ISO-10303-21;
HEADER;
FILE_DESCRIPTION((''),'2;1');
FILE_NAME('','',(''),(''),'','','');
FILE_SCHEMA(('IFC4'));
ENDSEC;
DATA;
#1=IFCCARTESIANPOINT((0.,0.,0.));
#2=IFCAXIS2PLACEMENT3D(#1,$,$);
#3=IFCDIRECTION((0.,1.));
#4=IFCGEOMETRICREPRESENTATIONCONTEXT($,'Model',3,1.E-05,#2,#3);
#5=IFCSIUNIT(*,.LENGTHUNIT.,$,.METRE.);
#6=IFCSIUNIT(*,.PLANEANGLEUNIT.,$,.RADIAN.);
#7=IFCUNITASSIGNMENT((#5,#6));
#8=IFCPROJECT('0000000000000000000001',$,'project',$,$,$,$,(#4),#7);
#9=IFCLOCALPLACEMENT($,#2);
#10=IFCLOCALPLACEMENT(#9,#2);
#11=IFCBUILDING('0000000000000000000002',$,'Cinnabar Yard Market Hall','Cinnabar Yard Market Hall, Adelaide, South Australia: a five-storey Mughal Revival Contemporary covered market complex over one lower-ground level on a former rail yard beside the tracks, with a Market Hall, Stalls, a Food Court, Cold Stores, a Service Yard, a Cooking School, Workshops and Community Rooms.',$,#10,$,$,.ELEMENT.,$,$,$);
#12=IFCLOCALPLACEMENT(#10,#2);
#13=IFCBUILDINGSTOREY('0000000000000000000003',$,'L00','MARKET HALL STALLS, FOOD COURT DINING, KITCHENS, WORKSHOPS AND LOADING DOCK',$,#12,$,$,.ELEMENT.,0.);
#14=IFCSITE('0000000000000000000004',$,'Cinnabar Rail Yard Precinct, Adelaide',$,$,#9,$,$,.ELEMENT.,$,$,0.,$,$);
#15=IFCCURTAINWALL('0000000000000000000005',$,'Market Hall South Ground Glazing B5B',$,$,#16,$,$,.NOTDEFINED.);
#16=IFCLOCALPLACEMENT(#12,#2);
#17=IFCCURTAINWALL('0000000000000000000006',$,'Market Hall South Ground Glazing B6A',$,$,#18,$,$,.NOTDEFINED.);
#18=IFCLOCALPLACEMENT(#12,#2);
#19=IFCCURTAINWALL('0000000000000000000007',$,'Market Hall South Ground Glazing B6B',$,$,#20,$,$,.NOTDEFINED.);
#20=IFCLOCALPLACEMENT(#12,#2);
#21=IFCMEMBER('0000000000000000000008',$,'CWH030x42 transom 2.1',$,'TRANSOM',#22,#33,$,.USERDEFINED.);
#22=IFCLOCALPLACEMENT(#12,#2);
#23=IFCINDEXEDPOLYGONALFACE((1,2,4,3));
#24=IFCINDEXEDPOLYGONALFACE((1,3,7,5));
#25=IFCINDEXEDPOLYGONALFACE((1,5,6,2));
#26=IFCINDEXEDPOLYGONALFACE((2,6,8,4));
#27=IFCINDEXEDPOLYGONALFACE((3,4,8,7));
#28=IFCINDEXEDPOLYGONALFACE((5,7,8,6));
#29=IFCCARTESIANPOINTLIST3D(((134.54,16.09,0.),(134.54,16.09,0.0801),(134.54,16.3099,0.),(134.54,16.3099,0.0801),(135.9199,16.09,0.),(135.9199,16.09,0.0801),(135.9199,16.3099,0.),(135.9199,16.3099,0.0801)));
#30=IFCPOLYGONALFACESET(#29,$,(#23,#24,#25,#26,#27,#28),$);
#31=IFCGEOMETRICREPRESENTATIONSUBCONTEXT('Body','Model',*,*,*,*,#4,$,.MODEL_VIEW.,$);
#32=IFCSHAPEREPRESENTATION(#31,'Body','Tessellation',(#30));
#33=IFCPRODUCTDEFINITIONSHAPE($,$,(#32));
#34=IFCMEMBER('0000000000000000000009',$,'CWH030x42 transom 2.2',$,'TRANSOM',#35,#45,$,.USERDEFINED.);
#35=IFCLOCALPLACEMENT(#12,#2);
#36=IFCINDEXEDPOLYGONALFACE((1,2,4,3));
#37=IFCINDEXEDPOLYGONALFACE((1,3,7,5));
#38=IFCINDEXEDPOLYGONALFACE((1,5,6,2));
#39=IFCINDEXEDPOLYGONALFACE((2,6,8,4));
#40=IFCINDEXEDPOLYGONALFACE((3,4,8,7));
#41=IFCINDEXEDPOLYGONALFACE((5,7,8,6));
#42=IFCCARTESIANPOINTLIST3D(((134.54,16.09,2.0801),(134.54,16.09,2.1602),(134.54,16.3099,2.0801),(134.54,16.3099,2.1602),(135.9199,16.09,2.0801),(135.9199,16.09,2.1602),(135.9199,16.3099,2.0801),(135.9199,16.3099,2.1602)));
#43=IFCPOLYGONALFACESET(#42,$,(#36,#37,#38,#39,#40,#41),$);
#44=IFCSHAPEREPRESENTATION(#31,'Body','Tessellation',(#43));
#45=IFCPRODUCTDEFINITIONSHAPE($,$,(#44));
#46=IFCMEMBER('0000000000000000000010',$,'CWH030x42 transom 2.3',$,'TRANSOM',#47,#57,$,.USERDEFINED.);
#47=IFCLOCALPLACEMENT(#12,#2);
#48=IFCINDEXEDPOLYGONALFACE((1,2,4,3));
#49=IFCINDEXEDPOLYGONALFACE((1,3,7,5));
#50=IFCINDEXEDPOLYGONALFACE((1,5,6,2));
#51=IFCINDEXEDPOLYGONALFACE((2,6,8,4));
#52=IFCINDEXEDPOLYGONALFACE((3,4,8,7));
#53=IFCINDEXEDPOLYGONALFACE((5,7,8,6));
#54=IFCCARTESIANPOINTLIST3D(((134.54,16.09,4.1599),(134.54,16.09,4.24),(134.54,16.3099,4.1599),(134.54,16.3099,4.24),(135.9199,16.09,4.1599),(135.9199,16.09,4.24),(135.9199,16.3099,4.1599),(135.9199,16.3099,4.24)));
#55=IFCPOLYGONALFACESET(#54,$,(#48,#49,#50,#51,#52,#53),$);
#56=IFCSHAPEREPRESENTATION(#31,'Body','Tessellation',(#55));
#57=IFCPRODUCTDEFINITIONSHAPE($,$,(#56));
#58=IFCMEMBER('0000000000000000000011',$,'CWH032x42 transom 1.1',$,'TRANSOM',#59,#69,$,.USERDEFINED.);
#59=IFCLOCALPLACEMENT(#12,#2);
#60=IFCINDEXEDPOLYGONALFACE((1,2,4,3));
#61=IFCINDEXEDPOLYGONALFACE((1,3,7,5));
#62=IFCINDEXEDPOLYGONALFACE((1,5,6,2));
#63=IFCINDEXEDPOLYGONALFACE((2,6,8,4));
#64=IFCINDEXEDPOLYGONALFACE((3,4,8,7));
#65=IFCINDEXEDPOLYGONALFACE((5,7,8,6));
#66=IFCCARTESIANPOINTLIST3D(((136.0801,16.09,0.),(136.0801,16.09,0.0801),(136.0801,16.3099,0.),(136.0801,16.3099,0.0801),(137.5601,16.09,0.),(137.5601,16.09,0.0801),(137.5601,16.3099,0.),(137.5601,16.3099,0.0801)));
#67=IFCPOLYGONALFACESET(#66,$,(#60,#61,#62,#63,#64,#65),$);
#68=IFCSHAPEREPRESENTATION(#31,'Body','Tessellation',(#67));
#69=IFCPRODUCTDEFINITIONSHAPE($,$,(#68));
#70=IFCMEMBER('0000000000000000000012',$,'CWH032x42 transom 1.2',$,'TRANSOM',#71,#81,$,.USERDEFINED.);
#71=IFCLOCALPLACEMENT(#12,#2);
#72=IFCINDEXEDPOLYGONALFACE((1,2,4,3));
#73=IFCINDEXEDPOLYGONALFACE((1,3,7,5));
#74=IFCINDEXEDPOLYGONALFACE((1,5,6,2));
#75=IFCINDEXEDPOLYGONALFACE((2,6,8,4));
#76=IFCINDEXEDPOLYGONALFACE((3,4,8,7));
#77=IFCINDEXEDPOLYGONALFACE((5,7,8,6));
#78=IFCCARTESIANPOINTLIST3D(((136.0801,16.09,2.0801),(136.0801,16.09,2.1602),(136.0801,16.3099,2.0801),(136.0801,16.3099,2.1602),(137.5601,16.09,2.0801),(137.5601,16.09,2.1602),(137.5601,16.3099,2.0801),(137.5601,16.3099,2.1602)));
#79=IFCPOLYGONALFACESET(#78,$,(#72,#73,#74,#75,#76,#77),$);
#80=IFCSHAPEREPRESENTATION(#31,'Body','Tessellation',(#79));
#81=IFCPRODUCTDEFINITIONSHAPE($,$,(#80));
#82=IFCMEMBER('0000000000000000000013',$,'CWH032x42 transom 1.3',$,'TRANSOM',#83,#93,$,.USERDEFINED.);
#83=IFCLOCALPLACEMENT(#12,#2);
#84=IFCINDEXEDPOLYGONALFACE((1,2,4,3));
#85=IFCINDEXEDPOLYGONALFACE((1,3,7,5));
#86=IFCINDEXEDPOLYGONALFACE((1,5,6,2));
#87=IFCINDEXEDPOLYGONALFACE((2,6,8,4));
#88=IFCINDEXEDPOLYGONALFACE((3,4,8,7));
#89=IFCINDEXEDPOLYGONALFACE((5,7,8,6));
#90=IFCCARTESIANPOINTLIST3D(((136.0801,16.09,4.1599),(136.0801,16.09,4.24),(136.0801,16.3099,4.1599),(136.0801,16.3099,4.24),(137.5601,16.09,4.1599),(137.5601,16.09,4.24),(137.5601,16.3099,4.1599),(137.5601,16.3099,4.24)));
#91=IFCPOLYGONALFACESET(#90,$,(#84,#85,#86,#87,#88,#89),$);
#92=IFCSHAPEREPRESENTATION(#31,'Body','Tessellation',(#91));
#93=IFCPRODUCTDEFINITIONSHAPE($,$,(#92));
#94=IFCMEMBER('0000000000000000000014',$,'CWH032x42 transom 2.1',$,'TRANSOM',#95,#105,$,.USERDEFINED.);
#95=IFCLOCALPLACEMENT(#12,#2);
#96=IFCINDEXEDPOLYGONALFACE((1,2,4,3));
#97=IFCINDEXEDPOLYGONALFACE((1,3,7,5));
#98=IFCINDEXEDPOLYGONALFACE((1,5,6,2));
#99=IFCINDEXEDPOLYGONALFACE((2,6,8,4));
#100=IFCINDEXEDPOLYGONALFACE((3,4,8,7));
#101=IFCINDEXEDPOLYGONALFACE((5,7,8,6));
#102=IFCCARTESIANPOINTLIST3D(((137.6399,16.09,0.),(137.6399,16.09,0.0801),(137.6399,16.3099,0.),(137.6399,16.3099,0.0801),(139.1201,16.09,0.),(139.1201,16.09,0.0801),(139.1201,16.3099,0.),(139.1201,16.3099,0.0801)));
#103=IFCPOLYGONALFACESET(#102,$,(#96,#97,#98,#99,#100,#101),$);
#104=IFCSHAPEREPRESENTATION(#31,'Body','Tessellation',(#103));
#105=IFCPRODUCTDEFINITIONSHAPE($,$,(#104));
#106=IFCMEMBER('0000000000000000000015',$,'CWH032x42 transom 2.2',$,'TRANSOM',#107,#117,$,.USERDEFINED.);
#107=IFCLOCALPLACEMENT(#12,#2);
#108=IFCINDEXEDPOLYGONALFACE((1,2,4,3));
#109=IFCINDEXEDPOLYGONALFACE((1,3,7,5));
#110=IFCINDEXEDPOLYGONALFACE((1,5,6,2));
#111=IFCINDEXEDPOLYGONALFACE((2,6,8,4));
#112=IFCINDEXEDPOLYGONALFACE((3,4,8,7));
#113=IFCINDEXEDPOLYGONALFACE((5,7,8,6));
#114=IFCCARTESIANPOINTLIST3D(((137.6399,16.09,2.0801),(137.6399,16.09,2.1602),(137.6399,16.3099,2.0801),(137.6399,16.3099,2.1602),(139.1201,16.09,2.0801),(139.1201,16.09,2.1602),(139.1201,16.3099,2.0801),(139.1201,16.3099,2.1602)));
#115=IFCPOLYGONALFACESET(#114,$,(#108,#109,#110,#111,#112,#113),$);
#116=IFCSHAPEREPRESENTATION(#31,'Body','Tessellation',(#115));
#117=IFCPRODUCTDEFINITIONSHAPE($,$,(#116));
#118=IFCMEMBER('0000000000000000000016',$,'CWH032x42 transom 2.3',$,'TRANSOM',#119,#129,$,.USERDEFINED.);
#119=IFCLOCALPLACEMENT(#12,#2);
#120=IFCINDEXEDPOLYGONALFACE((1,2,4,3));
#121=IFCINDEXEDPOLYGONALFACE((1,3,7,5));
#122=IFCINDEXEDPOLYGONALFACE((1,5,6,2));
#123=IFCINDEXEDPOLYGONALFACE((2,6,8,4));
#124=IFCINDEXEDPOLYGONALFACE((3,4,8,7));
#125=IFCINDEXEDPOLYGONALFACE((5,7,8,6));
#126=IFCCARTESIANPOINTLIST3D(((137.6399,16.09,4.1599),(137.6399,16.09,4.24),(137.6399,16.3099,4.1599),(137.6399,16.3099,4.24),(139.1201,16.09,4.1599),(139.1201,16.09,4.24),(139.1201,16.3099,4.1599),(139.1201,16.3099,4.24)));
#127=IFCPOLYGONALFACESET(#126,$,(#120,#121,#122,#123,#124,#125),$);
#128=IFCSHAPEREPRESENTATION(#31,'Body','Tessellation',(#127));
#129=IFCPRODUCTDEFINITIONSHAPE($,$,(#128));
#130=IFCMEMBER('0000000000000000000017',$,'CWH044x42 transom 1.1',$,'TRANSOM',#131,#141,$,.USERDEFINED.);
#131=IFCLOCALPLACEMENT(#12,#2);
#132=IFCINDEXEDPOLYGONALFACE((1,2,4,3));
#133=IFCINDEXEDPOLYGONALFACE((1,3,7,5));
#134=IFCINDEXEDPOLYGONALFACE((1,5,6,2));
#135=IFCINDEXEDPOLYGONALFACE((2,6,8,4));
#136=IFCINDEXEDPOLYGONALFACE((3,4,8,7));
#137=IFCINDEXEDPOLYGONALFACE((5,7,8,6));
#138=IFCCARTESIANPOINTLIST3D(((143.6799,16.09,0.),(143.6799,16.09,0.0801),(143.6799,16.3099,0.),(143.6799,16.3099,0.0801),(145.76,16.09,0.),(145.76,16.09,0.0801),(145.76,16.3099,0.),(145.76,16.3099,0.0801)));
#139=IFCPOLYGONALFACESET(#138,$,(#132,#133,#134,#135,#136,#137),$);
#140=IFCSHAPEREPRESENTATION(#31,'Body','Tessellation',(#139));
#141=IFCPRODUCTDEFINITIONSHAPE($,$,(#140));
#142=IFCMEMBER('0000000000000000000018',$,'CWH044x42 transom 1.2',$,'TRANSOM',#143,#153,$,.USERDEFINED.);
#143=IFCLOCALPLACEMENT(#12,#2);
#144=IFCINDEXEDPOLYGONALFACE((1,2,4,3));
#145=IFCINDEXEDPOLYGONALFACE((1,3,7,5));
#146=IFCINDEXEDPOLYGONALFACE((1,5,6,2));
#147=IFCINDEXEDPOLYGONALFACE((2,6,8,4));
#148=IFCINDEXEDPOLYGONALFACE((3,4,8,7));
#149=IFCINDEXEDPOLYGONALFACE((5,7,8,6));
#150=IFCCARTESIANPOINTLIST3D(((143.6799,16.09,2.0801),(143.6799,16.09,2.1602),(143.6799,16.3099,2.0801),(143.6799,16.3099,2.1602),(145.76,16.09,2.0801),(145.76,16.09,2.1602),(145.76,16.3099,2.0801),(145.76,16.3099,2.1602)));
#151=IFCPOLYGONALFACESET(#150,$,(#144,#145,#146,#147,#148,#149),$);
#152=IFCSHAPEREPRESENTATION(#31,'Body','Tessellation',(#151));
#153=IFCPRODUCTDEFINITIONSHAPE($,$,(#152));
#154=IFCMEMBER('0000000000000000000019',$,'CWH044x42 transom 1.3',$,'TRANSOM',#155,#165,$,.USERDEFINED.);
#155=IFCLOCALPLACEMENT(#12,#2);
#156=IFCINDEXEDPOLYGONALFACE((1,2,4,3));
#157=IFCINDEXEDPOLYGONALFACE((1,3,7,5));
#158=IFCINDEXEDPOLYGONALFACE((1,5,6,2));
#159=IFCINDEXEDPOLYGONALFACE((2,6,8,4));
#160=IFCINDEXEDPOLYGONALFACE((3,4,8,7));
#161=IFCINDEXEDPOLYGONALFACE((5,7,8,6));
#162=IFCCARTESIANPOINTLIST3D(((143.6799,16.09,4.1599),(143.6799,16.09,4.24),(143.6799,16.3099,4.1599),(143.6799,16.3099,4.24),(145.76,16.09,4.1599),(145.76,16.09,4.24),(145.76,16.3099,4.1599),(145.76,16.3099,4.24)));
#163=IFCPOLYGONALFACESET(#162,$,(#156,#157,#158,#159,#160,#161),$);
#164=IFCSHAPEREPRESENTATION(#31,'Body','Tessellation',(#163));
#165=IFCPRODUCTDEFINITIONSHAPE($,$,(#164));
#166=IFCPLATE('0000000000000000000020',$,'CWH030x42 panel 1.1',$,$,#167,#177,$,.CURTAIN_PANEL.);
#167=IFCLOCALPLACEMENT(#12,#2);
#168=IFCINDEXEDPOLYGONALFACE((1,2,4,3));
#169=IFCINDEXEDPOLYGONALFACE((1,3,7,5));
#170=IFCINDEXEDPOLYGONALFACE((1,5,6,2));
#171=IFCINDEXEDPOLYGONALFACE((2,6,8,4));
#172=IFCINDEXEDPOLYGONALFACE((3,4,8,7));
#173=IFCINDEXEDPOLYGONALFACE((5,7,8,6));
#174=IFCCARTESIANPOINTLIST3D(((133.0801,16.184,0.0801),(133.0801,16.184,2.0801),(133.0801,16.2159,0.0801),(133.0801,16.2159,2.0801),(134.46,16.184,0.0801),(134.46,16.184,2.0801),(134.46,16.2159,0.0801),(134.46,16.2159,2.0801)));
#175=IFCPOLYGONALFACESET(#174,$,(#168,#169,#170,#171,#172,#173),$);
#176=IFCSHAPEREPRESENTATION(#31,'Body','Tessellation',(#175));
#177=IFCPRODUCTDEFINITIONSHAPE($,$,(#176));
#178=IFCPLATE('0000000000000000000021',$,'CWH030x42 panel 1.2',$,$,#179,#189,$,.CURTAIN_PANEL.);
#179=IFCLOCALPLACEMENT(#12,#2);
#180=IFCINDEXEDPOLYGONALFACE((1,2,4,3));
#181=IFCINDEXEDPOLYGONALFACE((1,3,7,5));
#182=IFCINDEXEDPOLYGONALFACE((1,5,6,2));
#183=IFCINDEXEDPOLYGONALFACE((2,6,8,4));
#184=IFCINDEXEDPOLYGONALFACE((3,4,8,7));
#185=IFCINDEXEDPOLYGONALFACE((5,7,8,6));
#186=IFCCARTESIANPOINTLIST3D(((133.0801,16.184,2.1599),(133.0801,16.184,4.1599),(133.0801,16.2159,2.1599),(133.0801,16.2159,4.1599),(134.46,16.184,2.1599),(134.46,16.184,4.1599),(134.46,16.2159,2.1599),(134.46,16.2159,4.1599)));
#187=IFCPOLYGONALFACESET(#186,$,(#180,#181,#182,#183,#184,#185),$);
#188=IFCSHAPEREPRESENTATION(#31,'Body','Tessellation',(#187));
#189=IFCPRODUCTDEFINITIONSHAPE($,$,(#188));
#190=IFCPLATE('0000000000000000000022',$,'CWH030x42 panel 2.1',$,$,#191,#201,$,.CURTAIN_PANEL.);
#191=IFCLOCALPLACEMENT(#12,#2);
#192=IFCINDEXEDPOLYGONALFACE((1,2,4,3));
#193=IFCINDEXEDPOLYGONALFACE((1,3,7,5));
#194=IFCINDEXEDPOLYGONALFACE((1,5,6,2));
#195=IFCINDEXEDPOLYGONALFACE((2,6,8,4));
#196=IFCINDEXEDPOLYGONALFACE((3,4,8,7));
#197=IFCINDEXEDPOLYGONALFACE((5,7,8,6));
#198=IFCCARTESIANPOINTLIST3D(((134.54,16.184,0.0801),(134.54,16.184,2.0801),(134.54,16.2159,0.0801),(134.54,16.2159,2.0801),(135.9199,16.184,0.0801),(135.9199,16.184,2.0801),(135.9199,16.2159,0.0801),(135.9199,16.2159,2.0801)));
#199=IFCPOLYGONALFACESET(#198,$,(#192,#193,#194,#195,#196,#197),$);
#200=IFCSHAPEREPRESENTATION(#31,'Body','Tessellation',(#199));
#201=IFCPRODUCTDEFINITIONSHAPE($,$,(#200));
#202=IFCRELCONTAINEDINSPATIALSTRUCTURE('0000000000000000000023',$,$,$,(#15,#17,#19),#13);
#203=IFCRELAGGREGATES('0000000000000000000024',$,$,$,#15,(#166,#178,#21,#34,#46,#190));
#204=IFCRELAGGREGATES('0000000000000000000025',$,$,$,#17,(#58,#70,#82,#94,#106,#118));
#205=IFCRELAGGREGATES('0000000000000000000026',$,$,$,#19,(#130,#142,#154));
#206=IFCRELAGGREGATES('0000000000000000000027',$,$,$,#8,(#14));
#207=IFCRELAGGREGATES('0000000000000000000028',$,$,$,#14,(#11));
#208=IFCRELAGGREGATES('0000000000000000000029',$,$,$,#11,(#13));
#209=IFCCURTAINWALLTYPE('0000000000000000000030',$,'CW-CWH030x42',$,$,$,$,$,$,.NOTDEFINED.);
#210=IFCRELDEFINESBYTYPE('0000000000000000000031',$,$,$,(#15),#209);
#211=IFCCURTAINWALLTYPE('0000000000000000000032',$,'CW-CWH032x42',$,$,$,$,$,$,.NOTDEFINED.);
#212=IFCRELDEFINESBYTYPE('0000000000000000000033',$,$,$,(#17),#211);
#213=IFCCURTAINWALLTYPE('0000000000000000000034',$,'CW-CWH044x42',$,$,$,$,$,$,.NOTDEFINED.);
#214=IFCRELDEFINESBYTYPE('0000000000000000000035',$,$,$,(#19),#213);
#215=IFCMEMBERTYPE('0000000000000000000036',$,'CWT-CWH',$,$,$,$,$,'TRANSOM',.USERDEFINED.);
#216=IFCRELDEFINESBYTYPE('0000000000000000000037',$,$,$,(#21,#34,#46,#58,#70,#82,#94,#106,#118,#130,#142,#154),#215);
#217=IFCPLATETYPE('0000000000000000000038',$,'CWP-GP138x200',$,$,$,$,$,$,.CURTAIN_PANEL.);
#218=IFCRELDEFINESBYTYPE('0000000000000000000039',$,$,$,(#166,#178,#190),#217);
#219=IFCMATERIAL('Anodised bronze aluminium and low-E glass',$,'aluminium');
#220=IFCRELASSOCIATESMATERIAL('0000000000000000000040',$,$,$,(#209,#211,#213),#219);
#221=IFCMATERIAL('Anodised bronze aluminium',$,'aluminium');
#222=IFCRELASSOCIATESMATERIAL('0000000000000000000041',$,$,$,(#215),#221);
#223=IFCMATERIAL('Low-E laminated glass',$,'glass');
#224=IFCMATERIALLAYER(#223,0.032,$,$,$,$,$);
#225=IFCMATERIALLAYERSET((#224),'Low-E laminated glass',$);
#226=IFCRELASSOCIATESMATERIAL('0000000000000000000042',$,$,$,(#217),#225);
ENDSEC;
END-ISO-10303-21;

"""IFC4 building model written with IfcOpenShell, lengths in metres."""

from ifc_helpers import new_model, si_unit, direction, frame, origin, origin_2d_with_axis, place, context, subcontext, project, spatial, rectangle, extrude, material, layer, layer_set, material_profile, profile_set, type_object, element, aggregate, save


model = new_model("IFC4")

# Units and contexts
model_context = context("Model", 3, precision=1e-05, world=origin(), true_north=direction((0.0, 1.0)))
body_context = subcontext(model_context, "Body", "Model", "MODEL_VIEW")
ifc_project = project(units=[si_unit("LENGTHUNIT", "METRE"), si_unit("PLANEANGLEUNIT", "RADIAN")], contexts=[model_context])

# Site, building, storey
site_placement = place(None, origin())
site = spatial("IfcSite", under=ifc_project, at=site_placement, Name="Cinnabar Rail Yard Precinct, Adelaide", CompositionType="ELEMENT", RefElevation=0.0)
building_placement = place(site_placement, origin())
building = spatial("IfcBuilding", under=site, at=building_placement, Name="Cinnabar Yard Market Hall", Description="Cinnabar Yard Market Hall, Adelaide, South Australia: a five-storey Mughal Revival Contemporary covered market complex over one lower-ground level on a former rail yard beside the tracks, with a Market Hall, Stalls, a Food Court, Cold Stores, a Service Yard, a Cooking School, Workshops and Community Rooms.", CompositionType="ELEMENT")
storey_placement = place(building_placement, origin())
storey = spatial("IfcBuildingStorey", under=building, at=storey_placement, Name="L00", Description="MARKET HALL STALLS, FOOD COURT DINING, KITCHENS, WORKSHOPS AND LOADING DOCK", CompositionType="ELEMENT", Elevation=0.0)

# Curtain walls
ifc_material_1 = material(Name="Anodised bronze aluminium and low-E glass", Category="aluminium")
curtain_wall_type_1 = type_object("IfcCurtainWallType", Name="CW-CWH030x42", PredefinedType="NOTDEFINED", material=ifc_material_1)
curtain_wall_1_placement = place(storey_placement, origin())
curtain_wall_1 = element("IfcCurtainWall", 1, at=curtain_wall_1_placement, inside=storey, type_object=curtain_wall_type_1, Name="Market Hall South Ground Glazing B5B", PredefinedType="NOTDEFINED")
ifc_material_2 = material(Name="Anodised bronze aluminium", Category="aluminium")
curtain_wall_type_2 = type_object("IfcCurtainWallType", Name="CW-CWH032x42", PredefinedType="NOTDEFINED", material=ifc_material_1)
curtain_wall_2_placement = place(storey_placement, origin())
curtain_wall_2 = element("IfcCurtainWall", 2, at=curtain_wall_2_placement, inside=storey, type_object=curtain_wall_type_2, Name="Market Hall South Ground Glazing B6A", PredefinedType="NOTDEFINED")

# Curtain wall
curtain_wall_type_3 = type_object("IfcCurtainWallType", Name="CW-CWH044x42", PredefinedType="NOTDEFINED", material=ifc_material_1)
curtain_wall_3_placement = place(storey_placement, origin())
curtain_wall_3 = element("IfcCurtainWall", 3, at=curtain_wall_3_placement, inside=storey, type_object=curtain_wall_type_3, Name="Market Hall South Ground Glazing B6B", PredefinedType="NOTDEFINED")

# Members
ifc_material_profile_1 = material_profile(ifc_material_2, rectangle(XDim=0.22, YDim=0.0801, at=origin_2d_with_axis()), Name="TRN-CWH")
ifc_profile_set_1 = profile_set([ifc_material_profile_1], Name="Anodised bronze aluminium")
member_type_1 = type_object("IfcMemberType", Name="CWT-CWH", ElementType="TRANSOM", PredefinedType="USERDEFINED", material=ifc_profile_set_1)
member_1_placement = place(storey_placement, frame((134.54, 16.2, 0.04), z_axis=(1.0, 0.0, 0.0), x_axis=(0.0, 1.0, 0.0)))
member_1 = element("IfcMember", 4, at=member_1_placement, type_object=member_type_1, Name="CWH030x42 transom 2.1", ObjectType="TRANSOM", PredefinedType="USERDEFINED", context=body_context, shape_type="SweptSolid", body=[
    extrude(rectangle(XDim=0.22, YDim=0.0801, at=origin_2d_with_axis()), origin(), (0.0, 0.0, 1.0), 1.3799),
])
member_2_placement = place(storey_placement, frame((134.54, 16.2, 2.1201), z_axis=(1.0, 0.0, 0.0), x_axis=(0.0, 1.0, 0.0)))
member_2 = element("IfcMember", 5, at=member_2_placement, type_object=member_type_1, Name="CWH030x42 transom 2.2", ObjectType="TRANSOM", PredefinedType="USERDEFINED", context=body_context, shape_type="SweptSolid", body=[
    extrude(rectangle(XDim=0.22, YDim=0.0801, at=origin_2d_with_axis()), origin(), (0.0, 0.0, 1.0), 1.3799),
])
member_3_placement = place(storey_placement, frame((134.54, 16.2, 4.2), z_axis=(1.0, 0.0, 0.0), x_axis=(0.0, 1.0, 0.0)))
member_3 = element("IfcMember", 6, at=member_3_placement, type_object=member_type_1, Name="CWH030x42 transom 2.3", ObjectType="TRANSOM", PredefinedType="USERDEFINED", context=body_context, shape_type="SweptSolid", body=[
    extrude(rectangle(XDim=0.22, YDim=0.0801, at=origin_2d_with_axis()), origin(), (0.0, 0.0, 1.0), 1.3799),
])
member_4_placement = place(storey_placement, frame((136.0801, 16.2, 0.04), z_axis=(1.0, 0.0, 0.0), x_axis=(0.0, 1.0, 0.0)))
member_4 = element("IfcMember", 7, at=member_4_placement, type_object=member_type_1, Name="CWH032x42 transom 1.1", ObjectType="TRANSOM", PredefinedType="USERDEFINED", context=body_context, shape_type="SweptSolid", body=[
    extrude(rectangle(XDim=0.22, YDim=0.0801, at=origin_2d_with_axis()), origin(), (0.0, 0.0, 1.0), 1.48),
])
member_5_placement = place(storey_placement, frame((136.0801, 16.2, 2.1201), z_axis=(1.0, 0.0, 0.0), x_axis=(0.0, 1.0, 0.0)))
member_5 = element("IfcMember", 8, at=member_5_placement, type_object=member_type_1, Name="CWH032x42 transom 1.2", ObjectType="TRANSOM", PredefinedType="USERDEFINED", context=body_context, shape_type="SweptSolid", body=[
    extrude(rectangle(XDim=0.22, YDim=0.0801, at=origin_2d_with_axis()), origin(), (0.0, 0.0, 1.0), 1.48),
])
member_6_placement = place(storey_placement, frame((136.0801, 16.2, 4.2), z_axis=(1.0, 0.0, 0.0), x_axis=(0.0, 1.0, 0.0)))
member_6 = element("IfcMember", 9, at=member_6_placement, type_object=member_type_1, Name="CWH032x42 transom 1.3", ObjectType="TRANSOM", PredefinedType="USERDEFINED", context=body_context, shape_type="SweptSolid", body=[
    extrude(rectangle(XDim=0.22, YDim=0.0801, at=origin_2d_with_axis()), origin(), (0.0, 0.0, 1.0), 1.48),
])
member_7_placement = place(storey_placement, frame((137.6399, 16.2, 0.04), z_axis=(1.0, 0.0, 0.0), x_axis=(0.0, 1.0, 0.0)))
member_7 = element("IfcMember", 10, at=member_7_placement, type_object=member_type_1, Name="CWH032x42 transom 2.1", ObjectType="TRANSOM", PredefinedType="USERDEFINED", context=body_context, shape_type="SweptSolid", body=[
    extrude(rectangle(XDim=0.22, YDim=0.0801, at=origin_2d_with_axis()), origin(), (0.0, 0.0, 1.0), 1.4802),
])
member_8_placement = place(storey_placement, frame((137.6399, 16.2, 2.1201), z_axis=(1.0, 0.0, 0.0), x_axis=(0.0, 1.0, 0.0)))
member_8 = element("IfcMember", 11, at=member_8_placement, type_object=member_type_1, Name="CWH032x42 transom 2.2", ObjectType="TRANSOM", PredefinedType="USERDEFINED", context=body_context, shape_type="SweptSolid", body=[
    extrude(rectangle(XDim=0.22, YDim=0.0801, at=origin_2d_with_axis()), origin(), (0.0, 0.0, 1.0), 1.4802),
])
member_9_placement = place(storey_placement, frame((137.6399, 16.2, 4.2), z_axis=(1.0, 0.0, 0.0), x_axis=(0.0, 1.0, 0.0)))
member_9 = element("IfcMember", 12, at=member_9_placement, type_object=member_type_1, Name="CWH032x42 transom 2.3", ObjectType="TRANSOM", PredefinedType="USERDEFINED", context=body_context, shape_type="SweptSolid", body=[
    extrude(rectangle(XDim=0.22, YDim=0.0801, at=origin_2d_with_axis()), origin(), (0.0, 0.0, 1.0), 1.4802),
])
member_10_placement = place(storey_placement, frame((143.6799, 16.2, 0.04), z_axis=(1.0, 0.0, 0.0), x_axis=(0.0, 1.0, 0.0)))
member_10 = element("IfcMember", 13, at=member_10_placement, type_object=member_type_1, Name="CWH044x42 transom 1.1", ObjectType="TRANSOM", PredefinedType="USERDEFINED", context=body_context, shape_type="SweptSolid", body=[
    extrude(rectangle(XDim=0.22, YDim=0.0801, at=origin_2d_with_axis()), origin(), (0.0, 0.0, 1.0), 2.0801),
])
member_11_placement = place(storey_placement, frame((143.6799, 16.2, 2.1201), z_axis=(1.0, 0.0, 0.0), x_axis=(0.0, 1.0, 0.0)))
member_11 = element("IfcMember", 14, at=member_11_placement, type_object=member_type_1, Name="CWH044x42 transom 1.2", ObjectType="TRANSOM", PredefinedType="USERDEFINED", context=body_context, shape_type="SweptSolid", body=[
    extrude(rectangle(XDim=0.22, YDim=0.0801, at=origin_2d_with_axis()), origin(), (0.0, 0.0, 1.0), 2.0801),
])
member_12_placement = place(storey_placement, frame((143.6799, 16.2, 4.2), z_axis=(1.0, 0.0, 0.0), x_axis=(0.0, 1.0, 0.0)))
member_12 = element("IfcMember", 15, at=member_12_placement, type_object=member_type_1, Name="CWH044x42 transom 1.3", ObjectType="TRANSOM", PredefinedType="USERDEFINED", context=body_context, shape_type="SweptSolid", body=[
    extrude(rectangle(XDim=0.22, YDim=0.0801, at=origin_2d_with_axis()), origin(), (0.0, 0.0, 1.0), 2.0801),
])

# Plates
ifc_material_3 = material(Name="Low-E laminated glass", Category="glass")
ifc_layer_1 = layer(ifc_material_3, 0.032)
ifc_layer_set_1 = layer_set([ifc_layer_1], Name="Low-E laminated glass")
plate_type_1 = type_object("IfcPlateType", Name="CWP-GP138x200", PredefinedType="CURTAIN_PANEL", material=ifc_layer_set_1)
plate_1_placement = place(storey_placement, frame((133.77, 16.2, 0.0801), z_axis=(0.0, 0.0, 1.0), x_axis=(1.0, 0.0, 0.0)))
plate_1 = element("IfcPlate", 16, at=plate_1_placement, type_object=plate_type_1, Name="CWH030x42 panel 1.1", PredefinedType="CURTAIN_PANEL", context=body_context, shape_type="SweptSolid", body=[
    extrude(rectangle(XDim=1.3799, YDim=0.032, at=origin_2d_with_axis()), origin(), (0.0, 0.0, 1.0), 2.0),
])
plate_2_placement = place(storey_placement, frame((133.77, 16.2, 2.1599), z_axis=(0.0, 0.0, 1.0), x_axis=(1.0, 0.0, 0.0)))
plate_2 = element("IfcPlate", 17, at=plate_2_placement, type_object=plate_type_1, Name="CWH030x42 panel 1.2", PredefinedType="CURTAIN_PANEL", context=body_context, shape_type="SweptSolid", body=[
    extrude(rectangle(XDim=1.3799, YDim=0.032, at=origin_2d_with_axis()), origin(), (0.0, 0.0, 1.0), 2.0),
])
plate_3_placement = place(storey_placement, frame((135.23, 16.2, 0.0801), z_axis=(0.0, 0.0, 1.0), x_axis=(1.0, 0.0, 0.0)))
plate_3 = element("IfcPlate", 18, at=plate_3_placement, type_object=plate_type_1, Name="CWH030x42 panel 2.1", PredefinedType="CURTAIN_PANEL", context=body_context, shape_type="SweptSolid", body=[
    extrude(rectangle(XDim=1.3799, YDim=0.032, at=origin_2d_with_axis()), origin(), (0.0, 0.0, 1.0), 2.0),
])
aggregate(curtain_wall_1, [plate_1, plate_2, member_1, member_2, member_3, plate_3])
aggregate(curtain_wall_2, [member_4, member_5, member_6, member_7, member_8, member_9])
aggregate(curtain_wall_3, [member_10, member_11, member_12])

save(model, "model.ifc")
